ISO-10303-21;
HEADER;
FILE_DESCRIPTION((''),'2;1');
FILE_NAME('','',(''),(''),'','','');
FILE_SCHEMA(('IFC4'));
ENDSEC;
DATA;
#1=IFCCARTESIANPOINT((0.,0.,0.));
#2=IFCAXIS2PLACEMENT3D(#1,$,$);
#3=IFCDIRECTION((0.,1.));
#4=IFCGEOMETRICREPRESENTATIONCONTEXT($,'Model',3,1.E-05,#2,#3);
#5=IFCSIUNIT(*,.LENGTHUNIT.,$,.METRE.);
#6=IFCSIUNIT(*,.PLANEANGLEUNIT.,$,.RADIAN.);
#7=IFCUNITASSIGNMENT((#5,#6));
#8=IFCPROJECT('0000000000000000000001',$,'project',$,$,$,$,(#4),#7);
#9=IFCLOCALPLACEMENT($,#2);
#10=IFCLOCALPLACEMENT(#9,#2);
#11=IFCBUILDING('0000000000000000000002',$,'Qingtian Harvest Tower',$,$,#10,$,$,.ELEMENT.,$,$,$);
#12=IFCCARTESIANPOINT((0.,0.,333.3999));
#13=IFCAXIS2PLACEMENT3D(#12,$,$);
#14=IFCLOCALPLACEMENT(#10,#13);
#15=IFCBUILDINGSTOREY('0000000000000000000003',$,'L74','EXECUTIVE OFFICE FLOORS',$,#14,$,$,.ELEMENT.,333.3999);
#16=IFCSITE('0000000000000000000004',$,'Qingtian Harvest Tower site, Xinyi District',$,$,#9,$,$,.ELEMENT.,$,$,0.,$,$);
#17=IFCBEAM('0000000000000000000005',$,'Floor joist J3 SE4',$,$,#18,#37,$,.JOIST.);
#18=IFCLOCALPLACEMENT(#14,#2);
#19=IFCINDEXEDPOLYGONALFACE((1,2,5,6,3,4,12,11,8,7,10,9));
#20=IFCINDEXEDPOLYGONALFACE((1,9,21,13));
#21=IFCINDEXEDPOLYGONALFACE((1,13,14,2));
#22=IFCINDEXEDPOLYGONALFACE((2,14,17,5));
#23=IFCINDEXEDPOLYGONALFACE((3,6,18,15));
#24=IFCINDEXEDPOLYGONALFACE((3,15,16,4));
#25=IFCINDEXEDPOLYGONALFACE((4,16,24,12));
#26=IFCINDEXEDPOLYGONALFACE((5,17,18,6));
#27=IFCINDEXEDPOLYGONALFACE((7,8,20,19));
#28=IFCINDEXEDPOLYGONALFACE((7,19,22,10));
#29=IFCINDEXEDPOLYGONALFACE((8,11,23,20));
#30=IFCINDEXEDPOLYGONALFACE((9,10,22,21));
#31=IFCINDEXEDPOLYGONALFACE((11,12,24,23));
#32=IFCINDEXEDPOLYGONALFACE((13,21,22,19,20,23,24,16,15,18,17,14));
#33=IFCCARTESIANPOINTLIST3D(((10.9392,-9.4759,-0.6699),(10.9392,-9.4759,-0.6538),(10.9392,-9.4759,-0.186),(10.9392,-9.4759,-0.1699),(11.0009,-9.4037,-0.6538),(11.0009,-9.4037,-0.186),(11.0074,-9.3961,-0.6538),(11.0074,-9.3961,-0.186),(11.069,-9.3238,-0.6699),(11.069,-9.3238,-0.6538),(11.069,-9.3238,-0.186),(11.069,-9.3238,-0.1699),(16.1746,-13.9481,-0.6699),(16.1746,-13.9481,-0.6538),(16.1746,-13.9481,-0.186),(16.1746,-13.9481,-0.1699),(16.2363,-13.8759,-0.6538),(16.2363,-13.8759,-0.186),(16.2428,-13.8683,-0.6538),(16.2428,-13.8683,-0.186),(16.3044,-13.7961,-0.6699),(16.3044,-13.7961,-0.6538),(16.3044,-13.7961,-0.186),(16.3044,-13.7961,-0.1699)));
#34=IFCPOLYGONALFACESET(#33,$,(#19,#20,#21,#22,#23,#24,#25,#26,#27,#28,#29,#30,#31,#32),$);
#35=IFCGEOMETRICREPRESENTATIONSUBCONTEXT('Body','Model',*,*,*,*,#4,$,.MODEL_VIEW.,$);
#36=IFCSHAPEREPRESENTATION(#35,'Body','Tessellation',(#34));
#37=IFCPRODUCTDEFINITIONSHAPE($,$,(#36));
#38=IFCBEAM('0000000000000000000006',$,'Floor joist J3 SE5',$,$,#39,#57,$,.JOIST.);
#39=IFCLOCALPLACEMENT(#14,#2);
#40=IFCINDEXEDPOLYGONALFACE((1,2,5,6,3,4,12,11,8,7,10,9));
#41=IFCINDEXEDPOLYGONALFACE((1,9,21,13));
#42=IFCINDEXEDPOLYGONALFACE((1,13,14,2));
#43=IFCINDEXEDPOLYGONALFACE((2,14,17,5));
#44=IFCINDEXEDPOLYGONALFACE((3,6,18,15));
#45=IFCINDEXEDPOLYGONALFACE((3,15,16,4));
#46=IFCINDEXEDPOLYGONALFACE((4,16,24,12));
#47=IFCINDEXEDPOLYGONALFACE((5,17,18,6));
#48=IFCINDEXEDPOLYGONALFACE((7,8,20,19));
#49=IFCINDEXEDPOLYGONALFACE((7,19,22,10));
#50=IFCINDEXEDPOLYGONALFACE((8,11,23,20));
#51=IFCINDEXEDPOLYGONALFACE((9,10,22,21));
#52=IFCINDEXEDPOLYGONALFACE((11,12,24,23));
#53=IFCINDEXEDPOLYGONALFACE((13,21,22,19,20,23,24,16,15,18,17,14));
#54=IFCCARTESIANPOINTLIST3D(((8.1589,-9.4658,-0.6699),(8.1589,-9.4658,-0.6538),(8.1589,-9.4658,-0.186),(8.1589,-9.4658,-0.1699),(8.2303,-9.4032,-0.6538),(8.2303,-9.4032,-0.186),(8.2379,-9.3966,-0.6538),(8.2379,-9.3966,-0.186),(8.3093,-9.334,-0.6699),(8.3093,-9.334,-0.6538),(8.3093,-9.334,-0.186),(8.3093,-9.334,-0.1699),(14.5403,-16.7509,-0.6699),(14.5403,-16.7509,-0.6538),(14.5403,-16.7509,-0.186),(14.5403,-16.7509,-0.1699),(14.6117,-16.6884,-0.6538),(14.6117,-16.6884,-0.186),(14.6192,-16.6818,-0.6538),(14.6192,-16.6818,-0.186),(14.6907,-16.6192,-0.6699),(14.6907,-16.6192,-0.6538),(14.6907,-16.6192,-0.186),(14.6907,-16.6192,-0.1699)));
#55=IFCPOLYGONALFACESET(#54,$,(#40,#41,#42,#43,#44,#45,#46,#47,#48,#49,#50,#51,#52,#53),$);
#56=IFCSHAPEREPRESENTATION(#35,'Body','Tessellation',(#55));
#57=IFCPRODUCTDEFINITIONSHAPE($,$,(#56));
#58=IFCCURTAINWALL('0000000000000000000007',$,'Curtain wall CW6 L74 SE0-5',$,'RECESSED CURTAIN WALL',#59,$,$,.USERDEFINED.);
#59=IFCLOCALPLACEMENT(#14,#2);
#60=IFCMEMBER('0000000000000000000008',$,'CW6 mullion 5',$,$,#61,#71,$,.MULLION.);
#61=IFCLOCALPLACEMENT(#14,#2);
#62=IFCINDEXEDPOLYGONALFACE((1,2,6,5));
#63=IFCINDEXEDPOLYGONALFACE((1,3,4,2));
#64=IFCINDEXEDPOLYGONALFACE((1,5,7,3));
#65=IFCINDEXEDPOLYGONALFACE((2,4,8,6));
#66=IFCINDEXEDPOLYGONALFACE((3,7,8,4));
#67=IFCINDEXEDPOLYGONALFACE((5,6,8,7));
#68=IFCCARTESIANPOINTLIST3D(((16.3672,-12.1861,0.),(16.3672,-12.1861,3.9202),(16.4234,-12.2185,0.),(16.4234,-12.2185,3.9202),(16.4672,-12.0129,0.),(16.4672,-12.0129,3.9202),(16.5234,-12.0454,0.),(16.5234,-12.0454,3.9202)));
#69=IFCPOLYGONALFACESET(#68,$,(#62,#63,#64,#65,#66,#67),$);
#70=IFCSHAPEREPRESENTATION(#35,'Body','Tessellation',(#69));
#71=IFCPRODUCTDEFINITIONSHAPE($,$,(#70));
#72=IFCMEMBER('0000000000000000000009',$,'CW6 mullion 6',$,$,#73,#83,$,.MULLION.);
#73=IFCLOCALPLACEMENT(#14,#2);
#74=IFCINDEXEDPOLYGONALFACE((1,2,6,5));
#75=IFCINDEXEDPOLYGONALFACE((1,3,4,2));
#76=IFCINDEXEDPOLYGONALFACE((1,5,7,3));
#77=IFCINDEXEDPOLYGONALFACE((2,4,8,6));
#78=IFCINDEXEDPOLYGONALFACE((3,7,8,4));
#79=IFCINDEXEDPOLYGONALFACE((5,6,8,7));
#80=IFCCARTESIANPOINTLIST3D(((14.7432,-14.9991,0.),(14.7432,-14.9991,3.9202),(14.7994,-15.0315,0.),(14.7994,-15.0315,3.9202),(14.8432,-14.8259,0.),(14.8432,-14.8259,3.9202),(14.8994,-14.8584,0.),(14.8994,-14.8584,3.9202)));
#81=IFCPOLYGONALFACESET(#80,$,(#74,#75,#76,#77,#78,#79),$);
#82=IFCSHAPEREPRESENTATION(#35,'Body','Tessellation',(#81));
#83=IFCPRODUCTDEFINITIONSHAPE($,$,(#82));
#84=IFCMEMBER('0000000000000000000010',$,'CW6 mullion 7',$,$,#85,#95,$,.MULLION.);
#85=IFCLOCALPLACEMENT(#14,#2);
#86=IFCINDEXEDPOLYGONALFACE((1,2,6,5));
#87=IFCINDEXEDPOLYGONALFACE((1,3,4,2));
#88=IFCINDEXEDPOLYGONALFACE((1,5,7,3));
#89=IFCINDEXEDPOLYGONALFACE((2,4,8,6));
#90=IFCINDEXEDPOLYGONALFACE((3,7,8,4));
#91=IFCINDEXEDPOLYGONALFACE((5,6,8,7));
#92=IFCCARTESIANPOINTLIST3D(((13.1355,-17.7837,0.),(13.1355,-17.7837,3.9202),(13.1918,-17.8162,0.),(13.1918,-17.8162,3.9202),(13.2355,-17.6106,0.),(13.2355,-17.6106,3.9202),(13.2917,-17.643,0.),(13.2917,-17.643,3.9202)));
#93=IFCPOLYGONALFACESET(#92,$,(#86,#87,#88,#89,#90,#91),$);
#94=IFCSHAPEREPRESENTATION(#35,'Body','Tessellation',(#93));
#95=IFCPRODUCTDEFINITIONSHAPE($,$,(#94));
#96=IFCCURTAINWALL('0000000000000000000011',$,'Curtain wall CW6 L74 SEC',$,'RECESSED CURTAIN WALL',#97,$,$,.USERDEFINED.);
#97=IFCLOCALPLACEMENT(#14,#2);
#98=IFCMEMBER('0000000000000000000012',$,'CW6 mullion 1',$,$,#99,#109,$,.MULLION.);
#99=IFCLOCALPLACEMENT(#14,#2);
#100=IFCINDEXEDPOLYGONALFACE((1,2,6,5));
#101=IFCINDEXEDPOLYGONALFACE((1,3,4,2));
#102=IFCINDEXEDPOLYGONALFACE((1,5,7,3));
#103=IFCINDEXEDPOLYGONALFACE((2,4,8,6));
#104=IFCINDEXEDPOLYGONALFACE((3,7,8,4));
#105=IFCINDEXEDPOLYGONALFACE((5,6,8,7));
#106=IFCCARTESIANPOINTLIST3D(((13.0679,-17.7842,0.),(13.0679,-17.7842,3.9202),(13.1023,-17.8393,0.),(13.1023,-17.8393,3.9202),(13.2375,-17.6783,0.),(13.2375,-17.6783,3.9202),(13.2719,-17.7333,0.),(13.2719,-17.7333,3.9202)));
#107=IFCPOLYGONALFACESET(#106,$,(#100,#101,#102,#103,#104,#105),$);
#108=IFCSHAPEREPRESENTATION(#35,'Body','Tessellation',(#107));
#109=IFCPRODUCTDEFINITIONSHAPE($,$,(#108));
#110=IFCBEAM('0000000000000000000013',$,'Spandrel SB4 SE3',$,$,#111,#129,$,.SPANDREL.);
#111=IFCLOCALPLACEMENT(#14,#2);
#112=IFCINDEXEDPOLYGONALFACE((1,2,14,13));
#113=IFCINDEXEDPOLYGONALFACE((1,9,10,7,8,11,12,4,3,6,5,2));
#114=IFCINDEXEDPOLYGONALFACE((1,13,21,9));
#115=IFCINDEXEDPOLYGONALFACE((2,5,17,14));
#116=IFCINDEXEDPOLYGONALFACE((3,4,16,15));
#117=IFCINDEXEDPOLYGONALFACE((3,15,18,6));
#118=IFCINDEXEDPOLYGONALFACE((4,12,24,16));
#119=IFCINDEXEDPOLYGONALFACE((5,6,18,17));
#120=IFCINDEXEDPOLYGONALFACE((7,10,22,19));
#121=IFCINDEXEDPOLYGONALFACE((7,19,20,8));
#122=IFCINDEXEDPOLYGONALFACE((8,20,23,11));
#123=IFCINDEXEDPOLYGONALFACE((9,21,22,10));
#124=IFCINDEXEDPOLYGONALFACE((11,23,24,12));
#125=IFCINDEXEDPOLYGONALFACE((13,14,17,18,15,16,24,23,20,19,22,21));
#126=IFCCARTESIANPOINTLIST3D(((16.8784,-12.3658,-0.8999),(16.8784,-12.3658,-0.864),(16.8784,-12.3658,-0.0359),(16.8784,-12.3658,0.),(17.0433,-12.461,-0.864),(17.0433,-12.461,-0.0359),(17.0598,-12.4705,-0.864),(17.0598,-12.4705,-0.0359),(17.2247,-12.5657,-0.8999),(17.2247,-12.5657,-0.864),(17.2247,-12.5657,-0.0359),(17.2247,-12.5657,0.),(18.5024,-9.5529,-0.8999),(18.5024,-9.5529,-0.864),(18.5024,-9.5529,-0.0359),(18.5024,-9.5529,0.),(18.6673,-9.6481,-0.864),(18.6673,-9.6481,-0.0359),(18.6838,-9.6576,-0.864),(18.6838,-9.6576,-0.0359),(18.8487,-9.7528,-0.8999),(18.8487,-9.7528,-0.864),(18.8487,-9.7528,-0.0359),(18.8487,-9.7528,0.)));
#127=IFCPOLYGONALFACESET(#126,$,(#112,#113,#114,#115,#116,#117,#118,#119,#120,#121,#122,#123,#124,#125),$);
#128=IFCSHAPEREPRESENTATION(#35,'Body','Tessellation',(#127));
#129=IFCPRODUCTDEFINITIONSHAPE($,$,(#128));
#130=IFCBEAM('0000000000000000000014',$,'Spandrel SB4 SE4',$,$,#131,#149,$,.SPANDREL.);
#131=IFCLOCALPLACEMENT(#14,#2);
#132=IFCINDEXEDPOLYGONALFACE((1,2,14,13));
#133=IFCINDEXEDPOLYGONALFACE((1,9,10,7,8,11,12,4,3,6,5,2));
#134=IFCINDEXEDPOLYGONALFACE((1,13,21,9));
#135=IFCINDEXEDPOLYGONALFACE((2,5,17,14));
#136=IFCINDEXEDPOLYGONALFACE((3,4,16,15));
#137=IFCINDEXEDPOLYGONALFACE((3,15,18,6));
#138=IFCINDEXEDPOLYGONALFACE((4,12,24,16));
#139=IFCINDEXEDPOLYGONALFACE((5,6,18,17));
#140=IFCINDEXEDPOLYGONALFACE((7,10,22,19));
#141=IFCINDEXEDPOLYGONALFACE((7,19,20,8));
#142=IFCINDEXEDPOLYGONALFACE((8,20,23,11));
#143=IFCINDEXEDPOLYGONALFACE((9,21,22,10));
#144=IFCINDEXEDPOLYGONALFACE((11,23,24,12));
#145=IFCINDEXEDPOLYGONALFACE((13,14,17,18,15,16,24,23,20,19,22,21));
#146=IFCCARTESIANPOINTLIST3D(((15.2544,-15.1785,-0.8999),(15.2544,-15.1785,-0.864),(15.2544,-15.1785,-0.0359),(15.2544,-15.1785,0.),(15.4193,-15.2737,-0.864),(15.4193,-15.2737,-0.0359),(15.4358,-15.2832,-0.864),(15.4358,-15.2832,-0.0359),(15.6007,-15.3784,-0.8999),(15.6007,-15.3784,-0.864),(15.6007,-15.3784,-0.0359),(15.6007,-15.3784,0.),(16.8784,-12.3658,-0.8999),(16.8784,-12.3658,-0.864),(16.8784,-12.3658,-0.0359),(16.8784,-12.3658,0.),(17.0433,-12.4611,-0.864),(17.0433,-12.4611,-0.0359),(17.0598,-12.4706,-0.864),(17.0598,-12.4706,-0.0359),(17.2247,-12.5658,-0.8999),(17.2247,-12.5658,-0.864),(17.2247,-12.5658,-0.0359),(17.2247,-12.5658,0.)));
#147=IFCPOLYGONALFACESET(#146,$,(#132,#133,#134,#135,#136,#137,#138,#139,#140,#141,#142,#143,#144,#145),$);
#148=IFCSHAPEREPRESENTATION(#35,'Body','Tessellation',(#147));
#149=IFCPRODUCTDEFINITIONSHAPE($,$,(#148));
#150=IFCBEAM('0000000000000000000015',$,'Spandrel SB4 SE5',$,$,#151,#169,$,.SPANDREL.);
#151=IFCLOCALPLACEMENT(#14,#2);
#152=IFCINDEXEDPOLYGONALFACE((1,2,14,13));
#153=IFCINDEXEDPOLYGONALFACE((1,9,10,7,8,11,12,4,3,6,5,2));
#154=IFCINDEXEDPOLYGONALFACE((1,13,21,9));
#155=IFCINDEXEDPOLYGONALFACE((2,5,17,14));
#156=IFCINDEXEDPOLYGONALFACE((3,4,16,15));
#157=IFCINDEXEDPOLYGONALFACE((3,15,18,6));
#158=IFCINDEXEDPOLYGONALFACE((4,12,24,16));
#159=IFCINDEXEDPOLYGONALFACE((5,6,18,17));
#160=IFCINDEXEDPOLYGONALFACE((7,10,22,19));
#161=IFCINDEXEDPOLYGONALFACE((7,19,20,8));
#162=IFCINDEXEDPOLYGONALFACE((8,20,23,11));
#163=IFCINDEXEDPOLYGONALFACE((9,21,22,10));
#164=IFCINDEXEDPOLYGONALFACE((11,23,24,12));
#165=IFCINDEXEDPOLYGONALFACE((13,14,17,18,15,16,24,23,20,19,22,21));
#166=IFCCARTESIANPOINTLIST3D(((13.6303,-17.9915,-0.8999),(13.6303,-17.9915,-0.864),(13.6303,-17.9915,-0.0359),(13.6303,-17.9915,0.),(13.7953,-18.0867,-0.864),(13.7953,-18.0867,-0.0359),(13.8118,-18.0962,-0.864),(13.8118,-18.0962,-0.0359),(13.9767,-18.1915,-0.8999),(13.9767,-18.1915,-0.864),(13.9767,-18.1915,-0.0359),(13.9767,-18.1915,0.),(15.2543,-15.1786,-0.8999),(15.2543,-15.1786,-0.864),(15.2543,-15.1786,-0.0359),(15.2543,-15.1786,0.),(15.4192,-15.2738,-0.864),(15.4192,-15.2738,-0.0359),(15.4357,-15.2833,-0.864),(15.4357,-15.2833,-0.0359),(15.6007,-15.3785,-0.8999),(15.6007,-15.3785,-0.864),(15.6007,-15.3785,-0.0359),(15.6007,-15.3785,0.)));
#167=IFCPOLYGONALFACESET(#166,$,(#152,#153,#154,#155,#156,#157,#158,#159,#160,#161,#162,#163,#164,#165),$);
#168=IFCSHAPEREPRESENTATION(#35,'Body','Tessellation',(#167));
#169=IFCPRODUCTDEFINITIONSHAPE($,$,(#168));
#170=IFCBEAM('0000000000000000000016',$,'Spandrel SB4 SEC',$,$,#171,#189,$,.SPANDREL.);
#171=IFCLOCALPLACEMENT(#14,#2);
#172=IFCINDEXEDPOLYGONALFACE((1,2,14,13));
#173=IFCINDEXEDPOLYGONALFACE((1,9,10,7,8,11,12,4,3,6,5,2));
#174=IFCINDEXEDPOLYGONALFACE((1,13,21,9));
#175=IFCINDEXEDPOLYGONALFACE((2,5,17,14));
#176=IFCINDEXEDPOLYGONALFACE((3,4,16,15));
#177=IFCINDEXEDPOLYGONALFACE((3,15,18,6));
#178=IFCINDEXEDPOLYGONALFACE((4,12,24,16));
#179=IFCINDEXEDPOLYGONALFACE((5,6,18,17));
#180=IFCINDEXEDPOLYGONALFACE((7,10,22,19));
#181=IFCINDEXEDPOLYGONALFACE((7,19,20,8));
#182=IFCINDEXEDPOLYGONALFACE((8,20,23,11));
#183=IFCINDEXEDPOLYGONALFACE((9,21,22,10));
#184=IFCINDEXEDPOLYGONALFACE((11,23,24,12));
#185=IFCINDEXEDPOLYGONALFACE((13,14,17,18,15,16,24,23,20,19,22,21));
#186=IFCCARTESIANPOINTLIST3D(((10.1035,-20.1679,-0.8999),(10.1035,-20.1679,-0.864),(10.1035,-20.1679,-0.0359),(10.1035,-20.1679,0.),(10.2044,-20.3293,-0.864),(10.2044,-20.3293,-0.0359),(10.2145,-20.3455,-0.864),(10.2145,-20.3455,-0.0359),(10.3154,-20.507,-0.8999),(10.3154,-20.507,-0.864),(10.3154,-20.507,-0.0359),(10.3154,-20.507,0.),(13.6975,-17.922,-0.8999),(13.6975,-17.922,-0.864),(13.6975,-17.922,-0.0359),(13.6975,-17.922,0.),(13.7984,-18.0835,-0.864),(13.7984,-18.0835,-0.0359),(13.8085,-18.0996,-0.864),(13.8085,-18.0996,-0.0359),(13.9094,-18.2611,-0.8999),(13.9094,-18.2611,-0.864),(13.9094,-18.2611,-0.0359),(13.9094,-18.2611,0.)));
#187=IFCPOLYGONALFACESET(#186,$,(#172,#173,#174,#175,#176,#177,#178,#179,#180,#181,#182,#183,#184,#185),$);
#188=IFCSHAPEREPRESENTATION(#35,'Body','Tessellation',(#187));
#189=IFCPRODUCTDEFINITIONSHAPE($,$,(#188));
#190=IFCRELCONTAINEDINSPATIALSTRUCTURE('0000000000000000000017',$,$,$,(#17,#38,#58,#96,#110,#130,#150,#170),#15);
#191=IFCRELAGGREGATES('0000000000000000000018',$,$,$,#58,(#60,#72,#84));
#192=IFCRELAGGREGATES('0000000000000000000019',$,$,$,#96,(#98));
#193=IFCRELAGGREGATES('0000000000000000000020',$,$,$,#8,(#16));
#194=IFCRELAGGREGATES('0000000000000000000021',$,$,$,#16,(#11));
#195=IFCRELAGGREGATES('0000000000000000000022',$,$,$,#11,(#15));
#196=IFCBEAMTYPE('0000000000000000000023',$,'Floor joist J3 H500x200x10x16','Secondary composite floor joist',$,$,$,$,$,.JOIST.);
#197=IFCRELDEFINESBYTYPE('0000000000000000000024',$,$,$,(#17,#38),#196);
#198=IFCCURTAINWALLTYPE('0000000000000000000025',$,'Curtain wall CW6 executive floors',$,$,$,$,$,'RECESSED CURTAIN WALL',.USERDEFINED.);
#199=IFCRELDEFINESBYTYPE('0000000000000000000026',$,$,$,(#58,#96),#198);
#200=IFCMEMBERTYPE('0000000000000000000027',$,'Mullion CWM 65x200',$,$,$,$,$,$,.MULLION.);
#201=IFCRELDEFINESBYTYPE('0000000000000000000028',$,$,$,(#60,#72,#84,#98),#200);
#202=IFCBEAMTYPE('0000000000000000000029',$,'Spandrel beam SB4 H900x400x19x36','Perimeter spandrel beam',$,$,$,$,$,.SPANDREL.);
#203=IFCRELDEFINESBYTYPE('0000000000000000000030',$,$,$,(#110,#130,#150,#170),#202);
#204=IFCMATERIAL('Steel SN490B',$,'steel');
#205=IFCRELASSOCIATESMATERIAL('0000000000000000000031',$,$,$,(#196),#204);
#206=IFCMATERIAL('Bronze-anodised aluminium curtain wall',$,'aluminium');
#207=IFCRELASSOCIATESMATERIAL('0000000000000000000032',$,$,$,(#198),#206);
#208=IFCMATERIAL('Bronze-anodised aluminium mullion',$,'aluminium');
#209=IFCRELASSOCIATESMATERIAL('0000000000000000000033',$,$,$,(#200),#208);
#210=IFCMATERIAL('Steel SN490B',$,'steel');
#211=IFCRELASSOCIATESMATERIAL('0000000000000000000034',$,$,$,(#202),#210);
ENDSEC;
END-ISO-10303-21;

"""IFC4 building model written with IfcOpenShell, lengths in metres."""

from ifc_helpers import new_model, si_unit, direction, frame, origin, origin_2d, place, context, subcontext, project, spatial, rectangle, i_section, extrude, material, material_profile, profile_set, type_object, element, aggregate, save


model = new_model("IFC4")

# Units and contexts
model_context = context("Model", 3, precision=1e-05, world=origin(), true_north=direction((0.0, 1.0)))
body_context = subcontext(model_context, "Body", "Model", "MODEL_VIEW")
ifc_project = project(units=[si_unit("LENGTHUNIT", "METRE"), si_unit("PLANEANGLEUNIT", "RADIAN")], contexts=[model_context])

# Site, building, storey
site_placement = place(None, origin())
site = spatial("IfcSite", under=ifc_project, at=site_placement, Name="Qingtian Harvest Tower site, Xinyi District", CompositionType="ELEMENT", RefElevation=0.0)
building_placement = place(site_placement, origin())
building = spatial("IfcBuilding", under=site, at=building_placement, Name="Qingtian Harvest Tower", CompositionType="ELEMENT")
storey_placement = place(building_placement, frame((0.0, 0.0, 333.3999)))
storey = spatial("IfcBuildingStorey", under=building, at=storey_placement, Name="L74", Description="EXECUTIVE OFFICE FLOORS", CompositionType="ELEMENT", Elevation=333.3999)

# Beams
ifc_material_1 = material(Name="Steel SN490B", Category="steel")
ifc_material_profile_1 = material_profile(ifc_material_1, i_section(OverallWidth=0.2, OverallDepth=0.5, WebThickness=0.01, FlangeThickness=0.0161, at=origin_2d()), Name="H500x200x10x16")
ifc_profile_set_1 = profile_set([ifc_material_profile_1], Name="Steel SN490B")
beam_type_1 = type_object("IfcBeamType", Name="Floor joist J3 H500x200x10x16", Description="Secondary composite floor joist", PredefinedType="JOIST", material=ifc_profile_set_1)
beam_1_placement = place(storey_placement, frame((16.2395, -13.8721, -0.4199), z_axis=(-0.760352, 0.649511, 0.0), x_axis=(-0.649511, -0.760352, 0.0)))
element("IfcBeam", 1, at=beam_1_placement, inside=storey, type_object=beam_type_1, Name="Floor joist J3 SE4", PredefinedType="JOIST", context=body_context, shape_type="SweptSolid", body=[
    extrude(i_section(OverallWidth=0.2, OverallDepth=0.5, WebThickness=0.01, FlangeThickness=0.0161, at=origin_2d()), origin(), (0.0, 0.0, 1.0), 6.8855),
])
beam_2_placement = place(storey_placement, frame((14.6155, -16.6851, -0.4199), z_axis=(-0.658904, 0.752227, 0.0), x_axis=(-0.752227, -0.658904, 0.0)))
element("IfcBeam", 2, at=beam_2_placement, inside=storey, type_object=beam_type_1, Name="Floor joist J3 SE5", PredefinedType="JOIST", context=body_context, shape_type="SweptSolid", body=[
    extrude(i_section(OverallWidth=0.2, OverallDepth=0.5, WebThickness=0.01, FlangeThickness=0.0161, at=origin_2d()), origin(), (0.0, 0.0, 1.0), 9.6848),
])

# Curtain wall, members
ifc_material_2 = material(Name="Bronze-anodised aluminium curtain wall", Category="aluminium")
curtain_wall_type = type_object("IfcCurtainWallType", Name="Curtain wall CW6 executive floors", ElementType="RECESSED CURTAIN WALL", PredefinedType="USERDEFINED", material=ifc_material_2)
curtain_wall_1_placement = place(storey_placement, origin())
curtain_wall_1 = element("IfcCurtainWall", 3, at=curtain_wall_1_placement, inside=storey, type_object=curtain_wall_type, Name="Curtain wall CW6 L74 SE0-5", ObjectType="RECESSED CURTAIN WALL", PredefinedType="USERDEFINED")
ifc_material_3 = material(Name="Bronze-anodised aluminium mullion", Category="aluminium")
ifc_material_profile_2 = material_profile(ifc_material_3, rectangle(XDim=0.0649, YDim=0.2, at=origin_2d()), Name="AL 65x200")
ifc_profile_set_2 = profile_set([ifc_material_profile_2], Name="Bronze-anodised aluminium mullion")
member_type_1 = type_object("IfcMemberType", Name="Mullion CWM 65x200", PredefinedType="MULLION", material=ifc_profile_set_2)
member_1_placement = place(storey_placement, frame((16.4453, -12.1157, 0.0), z_axis=(0.0, 0.0, 1.0), x_axis=(0.866025, -0.5, 0.0)))
member_1 = element("IfcMember", 4, at=member_1_placement, type_object=member_type_1, Name="CW6 mullion 5", PredefinedType="MULLION", context=body_context, shape_type="SweptSolid", body=[
    extrude(rectangle(XDim=0.0649, YDim=0.2, at=origin_2d()), origin(), (0.0, 0.0, 1.0), 3.9202),
])
member_2_placement = place(storey_placement, frame((14.8213, -14.9287, 0.0), z_axis=(0.0, 0.0, 1.0), x_axis=(0.866025, -0.5, 0.0)))
member_2 = element("IfcMember", 5, at=member_2_placement, type_object=member_type_1, Name="CW6 mullion 6", PredefinedType="MULLION", context=body_context, shape_type="SweptSolid", body=[
    extrude(rectangle(XDim=0.0649, YDim=0.2, at=origin_2d()), origin(), (0.0, 0.0, 1.0), 3.9202),
])
member_3_placement = place(storey_placement, frame((13.2136, -17.7134, 0.0), z_axis=(0.0, 0.0, 1.0), x_axis=(0.866025, -0.5, 0.0)))
member_3 = element("IfcMember", 6, at=member_3_placement, type_object=member_type_1, Name="CW6 mullion 7", PredefinedType="MULLION", context=body_context, shape_type="SweptSolid", body=[
    extrude(rectangle(XDim=0.0649, YDim=0.2, at=origin_2d()), origin(), (0.0, 0.0, 1.0), 3.9202),
])

# Curtain wall, member
curtain_wall_2_placement = place(storey_placement, origin())
curtain_wall_2 = element("IfcCurtainWall", 7, at=curtain_wall_2_placement, inside=storey, type_object=curtain_wall_type, Name="Curtain wall CW6 L74 SEC", ObjectType="RECESSED CURTAIN WALL", PredefinedType="USERDEFINED")
member_4_placement = place(storey_placement, frame((13.1699, -17.7588, 0.0), z_axis=(0.0, 0.0, 1.0), x_axis=(0.529919, -0.848048, 0.0)))
member_4 = element("IfcMember", 8, at=member_4_placement, type_object=member_type_1, Name="CW6 mullion 1", PredefinedType="MULLION", context=body_context, shape_type="SweptSolid", body=[
    extrude(rectangle(XDim=0.0649, YDim=0.2, at=origin_2d()), origin(), (0.0, 0.0, 1.0), 3.9202),
])

# Beams
ifc_material_4 = material(Name="Steel SN490B", Category="steel")
ifc_material_profile_3 = material_profile(ifc_material_4, i_section(OverallWidth=0.3999, OverallDepth=0.8999, WebThickness=0.019, FlangeThickness=0.0359, at=origin_2d()), Name="H900x400x19x36")
ifc_profile_set_3 = profile_set([ifc_material_profile_3], Name="Steel SN490B")
beam_type_2 = type_object("IfcBeamType", Name="Spandrel beam SB4 H900x400x19x36", Description="Perimeter spandrel beam", PredefinedType="SPANDREL", material=ifc_profile_set_3)
beam_3_placement = place(storey_placement, frame((18.6755, -9.6528, -0.45), z_axis=(-0.499987, -0.866033, 0.0), x_axis=(0.866033, -0.499987, 0.0)))
element("IfcBeam", 9, at=beam_3_placement, inside=storey, type_object=beam_type_2, Name="Spandrel SB4 SE3", PredefinedType="SPANDREL", context=body_context, shape_type="SweptSolid", body=[
    extrude(i_section(OverallWidth=0.3999, OverallDepth=0.8999, WebThickness=0.019, FlangeThickness=0.0359, at=origin_2d()), origin(), (0.0, 0.0, 1.0), 3.248),
])
beam_4_placement = place(storey_placement, frame((17.0515, -12.4658, -0.45), z_axis=(-0.50002, -0.866014, 0.0), x_axis=(0.866014, -0.50002, 0.0)))
element("IfcBeam", 10, at=beam_4_placement, inside=storey, type_object=beam_type_2, Name="Spandrel SB4 SE4", PredefinedType="SPANDREL", context=body_context, shape_type="SweptSolid", body=[
    extrude(i_section(OverallWidth=0.3999, OverallDepth=0.8999, WebThickness=0.019, FlangeThickness=0.0359, at=origin_2d()), origin(), (0.0, 0.0, 1.0), 3.2478),
])
beam_5_placement = place(storey_placement, frame((15.4275, -15.2786, -0.45), z_axis=(-0.499987, -0.866033, 0.0), x_axis=(0.866033, -0.499987, 0.0)))
element("IfcBeam", 11, at=beam_5_placement, inside=storey, type_object=beam_type_2, Name="Spandrel SB4 SE5", PredefinedType="SPANDREL", context=body_context, shape_type="SweptSolid", body=[
    extrude(i_section(OverallWidth=0.3999, OverallDepth=0.8999, WebThickness=0.019, FlangeThickness=0.0359, at=origin_2d()), origin(), (0.0, 0.0, 1.0), 3.248),
])
beam_6_placement = place(storey_placement, frame((13.8035, -18.0916, -0.45), z_axis=(-0.84804, -0.529932, 0.0), x_axis=(0.529932, -0.84804, 0.0)))
element("IfcBeam", 12, at=beam_6_placement, inside=storey, type_object=beam_type_2, Name="Spandrel SB4 SEC", PredefinedType="SPANDREL", context=body_context, shape_type="SweptSolid", body=[
    extrude(i_section(OverallWidth=0.3999, OverallDepth=0.8999, WebThickness=0.019, FlangeThickness=0.0359, at=origin_2d()), origin(), (0.0, 0.0, 1.0), 4.238),
])

aggregate(curtain_wall_1, [member_1, member_2, member_3])
aggregate(curtain_wall_2, [member_4])

save(model, "model.ifc")
